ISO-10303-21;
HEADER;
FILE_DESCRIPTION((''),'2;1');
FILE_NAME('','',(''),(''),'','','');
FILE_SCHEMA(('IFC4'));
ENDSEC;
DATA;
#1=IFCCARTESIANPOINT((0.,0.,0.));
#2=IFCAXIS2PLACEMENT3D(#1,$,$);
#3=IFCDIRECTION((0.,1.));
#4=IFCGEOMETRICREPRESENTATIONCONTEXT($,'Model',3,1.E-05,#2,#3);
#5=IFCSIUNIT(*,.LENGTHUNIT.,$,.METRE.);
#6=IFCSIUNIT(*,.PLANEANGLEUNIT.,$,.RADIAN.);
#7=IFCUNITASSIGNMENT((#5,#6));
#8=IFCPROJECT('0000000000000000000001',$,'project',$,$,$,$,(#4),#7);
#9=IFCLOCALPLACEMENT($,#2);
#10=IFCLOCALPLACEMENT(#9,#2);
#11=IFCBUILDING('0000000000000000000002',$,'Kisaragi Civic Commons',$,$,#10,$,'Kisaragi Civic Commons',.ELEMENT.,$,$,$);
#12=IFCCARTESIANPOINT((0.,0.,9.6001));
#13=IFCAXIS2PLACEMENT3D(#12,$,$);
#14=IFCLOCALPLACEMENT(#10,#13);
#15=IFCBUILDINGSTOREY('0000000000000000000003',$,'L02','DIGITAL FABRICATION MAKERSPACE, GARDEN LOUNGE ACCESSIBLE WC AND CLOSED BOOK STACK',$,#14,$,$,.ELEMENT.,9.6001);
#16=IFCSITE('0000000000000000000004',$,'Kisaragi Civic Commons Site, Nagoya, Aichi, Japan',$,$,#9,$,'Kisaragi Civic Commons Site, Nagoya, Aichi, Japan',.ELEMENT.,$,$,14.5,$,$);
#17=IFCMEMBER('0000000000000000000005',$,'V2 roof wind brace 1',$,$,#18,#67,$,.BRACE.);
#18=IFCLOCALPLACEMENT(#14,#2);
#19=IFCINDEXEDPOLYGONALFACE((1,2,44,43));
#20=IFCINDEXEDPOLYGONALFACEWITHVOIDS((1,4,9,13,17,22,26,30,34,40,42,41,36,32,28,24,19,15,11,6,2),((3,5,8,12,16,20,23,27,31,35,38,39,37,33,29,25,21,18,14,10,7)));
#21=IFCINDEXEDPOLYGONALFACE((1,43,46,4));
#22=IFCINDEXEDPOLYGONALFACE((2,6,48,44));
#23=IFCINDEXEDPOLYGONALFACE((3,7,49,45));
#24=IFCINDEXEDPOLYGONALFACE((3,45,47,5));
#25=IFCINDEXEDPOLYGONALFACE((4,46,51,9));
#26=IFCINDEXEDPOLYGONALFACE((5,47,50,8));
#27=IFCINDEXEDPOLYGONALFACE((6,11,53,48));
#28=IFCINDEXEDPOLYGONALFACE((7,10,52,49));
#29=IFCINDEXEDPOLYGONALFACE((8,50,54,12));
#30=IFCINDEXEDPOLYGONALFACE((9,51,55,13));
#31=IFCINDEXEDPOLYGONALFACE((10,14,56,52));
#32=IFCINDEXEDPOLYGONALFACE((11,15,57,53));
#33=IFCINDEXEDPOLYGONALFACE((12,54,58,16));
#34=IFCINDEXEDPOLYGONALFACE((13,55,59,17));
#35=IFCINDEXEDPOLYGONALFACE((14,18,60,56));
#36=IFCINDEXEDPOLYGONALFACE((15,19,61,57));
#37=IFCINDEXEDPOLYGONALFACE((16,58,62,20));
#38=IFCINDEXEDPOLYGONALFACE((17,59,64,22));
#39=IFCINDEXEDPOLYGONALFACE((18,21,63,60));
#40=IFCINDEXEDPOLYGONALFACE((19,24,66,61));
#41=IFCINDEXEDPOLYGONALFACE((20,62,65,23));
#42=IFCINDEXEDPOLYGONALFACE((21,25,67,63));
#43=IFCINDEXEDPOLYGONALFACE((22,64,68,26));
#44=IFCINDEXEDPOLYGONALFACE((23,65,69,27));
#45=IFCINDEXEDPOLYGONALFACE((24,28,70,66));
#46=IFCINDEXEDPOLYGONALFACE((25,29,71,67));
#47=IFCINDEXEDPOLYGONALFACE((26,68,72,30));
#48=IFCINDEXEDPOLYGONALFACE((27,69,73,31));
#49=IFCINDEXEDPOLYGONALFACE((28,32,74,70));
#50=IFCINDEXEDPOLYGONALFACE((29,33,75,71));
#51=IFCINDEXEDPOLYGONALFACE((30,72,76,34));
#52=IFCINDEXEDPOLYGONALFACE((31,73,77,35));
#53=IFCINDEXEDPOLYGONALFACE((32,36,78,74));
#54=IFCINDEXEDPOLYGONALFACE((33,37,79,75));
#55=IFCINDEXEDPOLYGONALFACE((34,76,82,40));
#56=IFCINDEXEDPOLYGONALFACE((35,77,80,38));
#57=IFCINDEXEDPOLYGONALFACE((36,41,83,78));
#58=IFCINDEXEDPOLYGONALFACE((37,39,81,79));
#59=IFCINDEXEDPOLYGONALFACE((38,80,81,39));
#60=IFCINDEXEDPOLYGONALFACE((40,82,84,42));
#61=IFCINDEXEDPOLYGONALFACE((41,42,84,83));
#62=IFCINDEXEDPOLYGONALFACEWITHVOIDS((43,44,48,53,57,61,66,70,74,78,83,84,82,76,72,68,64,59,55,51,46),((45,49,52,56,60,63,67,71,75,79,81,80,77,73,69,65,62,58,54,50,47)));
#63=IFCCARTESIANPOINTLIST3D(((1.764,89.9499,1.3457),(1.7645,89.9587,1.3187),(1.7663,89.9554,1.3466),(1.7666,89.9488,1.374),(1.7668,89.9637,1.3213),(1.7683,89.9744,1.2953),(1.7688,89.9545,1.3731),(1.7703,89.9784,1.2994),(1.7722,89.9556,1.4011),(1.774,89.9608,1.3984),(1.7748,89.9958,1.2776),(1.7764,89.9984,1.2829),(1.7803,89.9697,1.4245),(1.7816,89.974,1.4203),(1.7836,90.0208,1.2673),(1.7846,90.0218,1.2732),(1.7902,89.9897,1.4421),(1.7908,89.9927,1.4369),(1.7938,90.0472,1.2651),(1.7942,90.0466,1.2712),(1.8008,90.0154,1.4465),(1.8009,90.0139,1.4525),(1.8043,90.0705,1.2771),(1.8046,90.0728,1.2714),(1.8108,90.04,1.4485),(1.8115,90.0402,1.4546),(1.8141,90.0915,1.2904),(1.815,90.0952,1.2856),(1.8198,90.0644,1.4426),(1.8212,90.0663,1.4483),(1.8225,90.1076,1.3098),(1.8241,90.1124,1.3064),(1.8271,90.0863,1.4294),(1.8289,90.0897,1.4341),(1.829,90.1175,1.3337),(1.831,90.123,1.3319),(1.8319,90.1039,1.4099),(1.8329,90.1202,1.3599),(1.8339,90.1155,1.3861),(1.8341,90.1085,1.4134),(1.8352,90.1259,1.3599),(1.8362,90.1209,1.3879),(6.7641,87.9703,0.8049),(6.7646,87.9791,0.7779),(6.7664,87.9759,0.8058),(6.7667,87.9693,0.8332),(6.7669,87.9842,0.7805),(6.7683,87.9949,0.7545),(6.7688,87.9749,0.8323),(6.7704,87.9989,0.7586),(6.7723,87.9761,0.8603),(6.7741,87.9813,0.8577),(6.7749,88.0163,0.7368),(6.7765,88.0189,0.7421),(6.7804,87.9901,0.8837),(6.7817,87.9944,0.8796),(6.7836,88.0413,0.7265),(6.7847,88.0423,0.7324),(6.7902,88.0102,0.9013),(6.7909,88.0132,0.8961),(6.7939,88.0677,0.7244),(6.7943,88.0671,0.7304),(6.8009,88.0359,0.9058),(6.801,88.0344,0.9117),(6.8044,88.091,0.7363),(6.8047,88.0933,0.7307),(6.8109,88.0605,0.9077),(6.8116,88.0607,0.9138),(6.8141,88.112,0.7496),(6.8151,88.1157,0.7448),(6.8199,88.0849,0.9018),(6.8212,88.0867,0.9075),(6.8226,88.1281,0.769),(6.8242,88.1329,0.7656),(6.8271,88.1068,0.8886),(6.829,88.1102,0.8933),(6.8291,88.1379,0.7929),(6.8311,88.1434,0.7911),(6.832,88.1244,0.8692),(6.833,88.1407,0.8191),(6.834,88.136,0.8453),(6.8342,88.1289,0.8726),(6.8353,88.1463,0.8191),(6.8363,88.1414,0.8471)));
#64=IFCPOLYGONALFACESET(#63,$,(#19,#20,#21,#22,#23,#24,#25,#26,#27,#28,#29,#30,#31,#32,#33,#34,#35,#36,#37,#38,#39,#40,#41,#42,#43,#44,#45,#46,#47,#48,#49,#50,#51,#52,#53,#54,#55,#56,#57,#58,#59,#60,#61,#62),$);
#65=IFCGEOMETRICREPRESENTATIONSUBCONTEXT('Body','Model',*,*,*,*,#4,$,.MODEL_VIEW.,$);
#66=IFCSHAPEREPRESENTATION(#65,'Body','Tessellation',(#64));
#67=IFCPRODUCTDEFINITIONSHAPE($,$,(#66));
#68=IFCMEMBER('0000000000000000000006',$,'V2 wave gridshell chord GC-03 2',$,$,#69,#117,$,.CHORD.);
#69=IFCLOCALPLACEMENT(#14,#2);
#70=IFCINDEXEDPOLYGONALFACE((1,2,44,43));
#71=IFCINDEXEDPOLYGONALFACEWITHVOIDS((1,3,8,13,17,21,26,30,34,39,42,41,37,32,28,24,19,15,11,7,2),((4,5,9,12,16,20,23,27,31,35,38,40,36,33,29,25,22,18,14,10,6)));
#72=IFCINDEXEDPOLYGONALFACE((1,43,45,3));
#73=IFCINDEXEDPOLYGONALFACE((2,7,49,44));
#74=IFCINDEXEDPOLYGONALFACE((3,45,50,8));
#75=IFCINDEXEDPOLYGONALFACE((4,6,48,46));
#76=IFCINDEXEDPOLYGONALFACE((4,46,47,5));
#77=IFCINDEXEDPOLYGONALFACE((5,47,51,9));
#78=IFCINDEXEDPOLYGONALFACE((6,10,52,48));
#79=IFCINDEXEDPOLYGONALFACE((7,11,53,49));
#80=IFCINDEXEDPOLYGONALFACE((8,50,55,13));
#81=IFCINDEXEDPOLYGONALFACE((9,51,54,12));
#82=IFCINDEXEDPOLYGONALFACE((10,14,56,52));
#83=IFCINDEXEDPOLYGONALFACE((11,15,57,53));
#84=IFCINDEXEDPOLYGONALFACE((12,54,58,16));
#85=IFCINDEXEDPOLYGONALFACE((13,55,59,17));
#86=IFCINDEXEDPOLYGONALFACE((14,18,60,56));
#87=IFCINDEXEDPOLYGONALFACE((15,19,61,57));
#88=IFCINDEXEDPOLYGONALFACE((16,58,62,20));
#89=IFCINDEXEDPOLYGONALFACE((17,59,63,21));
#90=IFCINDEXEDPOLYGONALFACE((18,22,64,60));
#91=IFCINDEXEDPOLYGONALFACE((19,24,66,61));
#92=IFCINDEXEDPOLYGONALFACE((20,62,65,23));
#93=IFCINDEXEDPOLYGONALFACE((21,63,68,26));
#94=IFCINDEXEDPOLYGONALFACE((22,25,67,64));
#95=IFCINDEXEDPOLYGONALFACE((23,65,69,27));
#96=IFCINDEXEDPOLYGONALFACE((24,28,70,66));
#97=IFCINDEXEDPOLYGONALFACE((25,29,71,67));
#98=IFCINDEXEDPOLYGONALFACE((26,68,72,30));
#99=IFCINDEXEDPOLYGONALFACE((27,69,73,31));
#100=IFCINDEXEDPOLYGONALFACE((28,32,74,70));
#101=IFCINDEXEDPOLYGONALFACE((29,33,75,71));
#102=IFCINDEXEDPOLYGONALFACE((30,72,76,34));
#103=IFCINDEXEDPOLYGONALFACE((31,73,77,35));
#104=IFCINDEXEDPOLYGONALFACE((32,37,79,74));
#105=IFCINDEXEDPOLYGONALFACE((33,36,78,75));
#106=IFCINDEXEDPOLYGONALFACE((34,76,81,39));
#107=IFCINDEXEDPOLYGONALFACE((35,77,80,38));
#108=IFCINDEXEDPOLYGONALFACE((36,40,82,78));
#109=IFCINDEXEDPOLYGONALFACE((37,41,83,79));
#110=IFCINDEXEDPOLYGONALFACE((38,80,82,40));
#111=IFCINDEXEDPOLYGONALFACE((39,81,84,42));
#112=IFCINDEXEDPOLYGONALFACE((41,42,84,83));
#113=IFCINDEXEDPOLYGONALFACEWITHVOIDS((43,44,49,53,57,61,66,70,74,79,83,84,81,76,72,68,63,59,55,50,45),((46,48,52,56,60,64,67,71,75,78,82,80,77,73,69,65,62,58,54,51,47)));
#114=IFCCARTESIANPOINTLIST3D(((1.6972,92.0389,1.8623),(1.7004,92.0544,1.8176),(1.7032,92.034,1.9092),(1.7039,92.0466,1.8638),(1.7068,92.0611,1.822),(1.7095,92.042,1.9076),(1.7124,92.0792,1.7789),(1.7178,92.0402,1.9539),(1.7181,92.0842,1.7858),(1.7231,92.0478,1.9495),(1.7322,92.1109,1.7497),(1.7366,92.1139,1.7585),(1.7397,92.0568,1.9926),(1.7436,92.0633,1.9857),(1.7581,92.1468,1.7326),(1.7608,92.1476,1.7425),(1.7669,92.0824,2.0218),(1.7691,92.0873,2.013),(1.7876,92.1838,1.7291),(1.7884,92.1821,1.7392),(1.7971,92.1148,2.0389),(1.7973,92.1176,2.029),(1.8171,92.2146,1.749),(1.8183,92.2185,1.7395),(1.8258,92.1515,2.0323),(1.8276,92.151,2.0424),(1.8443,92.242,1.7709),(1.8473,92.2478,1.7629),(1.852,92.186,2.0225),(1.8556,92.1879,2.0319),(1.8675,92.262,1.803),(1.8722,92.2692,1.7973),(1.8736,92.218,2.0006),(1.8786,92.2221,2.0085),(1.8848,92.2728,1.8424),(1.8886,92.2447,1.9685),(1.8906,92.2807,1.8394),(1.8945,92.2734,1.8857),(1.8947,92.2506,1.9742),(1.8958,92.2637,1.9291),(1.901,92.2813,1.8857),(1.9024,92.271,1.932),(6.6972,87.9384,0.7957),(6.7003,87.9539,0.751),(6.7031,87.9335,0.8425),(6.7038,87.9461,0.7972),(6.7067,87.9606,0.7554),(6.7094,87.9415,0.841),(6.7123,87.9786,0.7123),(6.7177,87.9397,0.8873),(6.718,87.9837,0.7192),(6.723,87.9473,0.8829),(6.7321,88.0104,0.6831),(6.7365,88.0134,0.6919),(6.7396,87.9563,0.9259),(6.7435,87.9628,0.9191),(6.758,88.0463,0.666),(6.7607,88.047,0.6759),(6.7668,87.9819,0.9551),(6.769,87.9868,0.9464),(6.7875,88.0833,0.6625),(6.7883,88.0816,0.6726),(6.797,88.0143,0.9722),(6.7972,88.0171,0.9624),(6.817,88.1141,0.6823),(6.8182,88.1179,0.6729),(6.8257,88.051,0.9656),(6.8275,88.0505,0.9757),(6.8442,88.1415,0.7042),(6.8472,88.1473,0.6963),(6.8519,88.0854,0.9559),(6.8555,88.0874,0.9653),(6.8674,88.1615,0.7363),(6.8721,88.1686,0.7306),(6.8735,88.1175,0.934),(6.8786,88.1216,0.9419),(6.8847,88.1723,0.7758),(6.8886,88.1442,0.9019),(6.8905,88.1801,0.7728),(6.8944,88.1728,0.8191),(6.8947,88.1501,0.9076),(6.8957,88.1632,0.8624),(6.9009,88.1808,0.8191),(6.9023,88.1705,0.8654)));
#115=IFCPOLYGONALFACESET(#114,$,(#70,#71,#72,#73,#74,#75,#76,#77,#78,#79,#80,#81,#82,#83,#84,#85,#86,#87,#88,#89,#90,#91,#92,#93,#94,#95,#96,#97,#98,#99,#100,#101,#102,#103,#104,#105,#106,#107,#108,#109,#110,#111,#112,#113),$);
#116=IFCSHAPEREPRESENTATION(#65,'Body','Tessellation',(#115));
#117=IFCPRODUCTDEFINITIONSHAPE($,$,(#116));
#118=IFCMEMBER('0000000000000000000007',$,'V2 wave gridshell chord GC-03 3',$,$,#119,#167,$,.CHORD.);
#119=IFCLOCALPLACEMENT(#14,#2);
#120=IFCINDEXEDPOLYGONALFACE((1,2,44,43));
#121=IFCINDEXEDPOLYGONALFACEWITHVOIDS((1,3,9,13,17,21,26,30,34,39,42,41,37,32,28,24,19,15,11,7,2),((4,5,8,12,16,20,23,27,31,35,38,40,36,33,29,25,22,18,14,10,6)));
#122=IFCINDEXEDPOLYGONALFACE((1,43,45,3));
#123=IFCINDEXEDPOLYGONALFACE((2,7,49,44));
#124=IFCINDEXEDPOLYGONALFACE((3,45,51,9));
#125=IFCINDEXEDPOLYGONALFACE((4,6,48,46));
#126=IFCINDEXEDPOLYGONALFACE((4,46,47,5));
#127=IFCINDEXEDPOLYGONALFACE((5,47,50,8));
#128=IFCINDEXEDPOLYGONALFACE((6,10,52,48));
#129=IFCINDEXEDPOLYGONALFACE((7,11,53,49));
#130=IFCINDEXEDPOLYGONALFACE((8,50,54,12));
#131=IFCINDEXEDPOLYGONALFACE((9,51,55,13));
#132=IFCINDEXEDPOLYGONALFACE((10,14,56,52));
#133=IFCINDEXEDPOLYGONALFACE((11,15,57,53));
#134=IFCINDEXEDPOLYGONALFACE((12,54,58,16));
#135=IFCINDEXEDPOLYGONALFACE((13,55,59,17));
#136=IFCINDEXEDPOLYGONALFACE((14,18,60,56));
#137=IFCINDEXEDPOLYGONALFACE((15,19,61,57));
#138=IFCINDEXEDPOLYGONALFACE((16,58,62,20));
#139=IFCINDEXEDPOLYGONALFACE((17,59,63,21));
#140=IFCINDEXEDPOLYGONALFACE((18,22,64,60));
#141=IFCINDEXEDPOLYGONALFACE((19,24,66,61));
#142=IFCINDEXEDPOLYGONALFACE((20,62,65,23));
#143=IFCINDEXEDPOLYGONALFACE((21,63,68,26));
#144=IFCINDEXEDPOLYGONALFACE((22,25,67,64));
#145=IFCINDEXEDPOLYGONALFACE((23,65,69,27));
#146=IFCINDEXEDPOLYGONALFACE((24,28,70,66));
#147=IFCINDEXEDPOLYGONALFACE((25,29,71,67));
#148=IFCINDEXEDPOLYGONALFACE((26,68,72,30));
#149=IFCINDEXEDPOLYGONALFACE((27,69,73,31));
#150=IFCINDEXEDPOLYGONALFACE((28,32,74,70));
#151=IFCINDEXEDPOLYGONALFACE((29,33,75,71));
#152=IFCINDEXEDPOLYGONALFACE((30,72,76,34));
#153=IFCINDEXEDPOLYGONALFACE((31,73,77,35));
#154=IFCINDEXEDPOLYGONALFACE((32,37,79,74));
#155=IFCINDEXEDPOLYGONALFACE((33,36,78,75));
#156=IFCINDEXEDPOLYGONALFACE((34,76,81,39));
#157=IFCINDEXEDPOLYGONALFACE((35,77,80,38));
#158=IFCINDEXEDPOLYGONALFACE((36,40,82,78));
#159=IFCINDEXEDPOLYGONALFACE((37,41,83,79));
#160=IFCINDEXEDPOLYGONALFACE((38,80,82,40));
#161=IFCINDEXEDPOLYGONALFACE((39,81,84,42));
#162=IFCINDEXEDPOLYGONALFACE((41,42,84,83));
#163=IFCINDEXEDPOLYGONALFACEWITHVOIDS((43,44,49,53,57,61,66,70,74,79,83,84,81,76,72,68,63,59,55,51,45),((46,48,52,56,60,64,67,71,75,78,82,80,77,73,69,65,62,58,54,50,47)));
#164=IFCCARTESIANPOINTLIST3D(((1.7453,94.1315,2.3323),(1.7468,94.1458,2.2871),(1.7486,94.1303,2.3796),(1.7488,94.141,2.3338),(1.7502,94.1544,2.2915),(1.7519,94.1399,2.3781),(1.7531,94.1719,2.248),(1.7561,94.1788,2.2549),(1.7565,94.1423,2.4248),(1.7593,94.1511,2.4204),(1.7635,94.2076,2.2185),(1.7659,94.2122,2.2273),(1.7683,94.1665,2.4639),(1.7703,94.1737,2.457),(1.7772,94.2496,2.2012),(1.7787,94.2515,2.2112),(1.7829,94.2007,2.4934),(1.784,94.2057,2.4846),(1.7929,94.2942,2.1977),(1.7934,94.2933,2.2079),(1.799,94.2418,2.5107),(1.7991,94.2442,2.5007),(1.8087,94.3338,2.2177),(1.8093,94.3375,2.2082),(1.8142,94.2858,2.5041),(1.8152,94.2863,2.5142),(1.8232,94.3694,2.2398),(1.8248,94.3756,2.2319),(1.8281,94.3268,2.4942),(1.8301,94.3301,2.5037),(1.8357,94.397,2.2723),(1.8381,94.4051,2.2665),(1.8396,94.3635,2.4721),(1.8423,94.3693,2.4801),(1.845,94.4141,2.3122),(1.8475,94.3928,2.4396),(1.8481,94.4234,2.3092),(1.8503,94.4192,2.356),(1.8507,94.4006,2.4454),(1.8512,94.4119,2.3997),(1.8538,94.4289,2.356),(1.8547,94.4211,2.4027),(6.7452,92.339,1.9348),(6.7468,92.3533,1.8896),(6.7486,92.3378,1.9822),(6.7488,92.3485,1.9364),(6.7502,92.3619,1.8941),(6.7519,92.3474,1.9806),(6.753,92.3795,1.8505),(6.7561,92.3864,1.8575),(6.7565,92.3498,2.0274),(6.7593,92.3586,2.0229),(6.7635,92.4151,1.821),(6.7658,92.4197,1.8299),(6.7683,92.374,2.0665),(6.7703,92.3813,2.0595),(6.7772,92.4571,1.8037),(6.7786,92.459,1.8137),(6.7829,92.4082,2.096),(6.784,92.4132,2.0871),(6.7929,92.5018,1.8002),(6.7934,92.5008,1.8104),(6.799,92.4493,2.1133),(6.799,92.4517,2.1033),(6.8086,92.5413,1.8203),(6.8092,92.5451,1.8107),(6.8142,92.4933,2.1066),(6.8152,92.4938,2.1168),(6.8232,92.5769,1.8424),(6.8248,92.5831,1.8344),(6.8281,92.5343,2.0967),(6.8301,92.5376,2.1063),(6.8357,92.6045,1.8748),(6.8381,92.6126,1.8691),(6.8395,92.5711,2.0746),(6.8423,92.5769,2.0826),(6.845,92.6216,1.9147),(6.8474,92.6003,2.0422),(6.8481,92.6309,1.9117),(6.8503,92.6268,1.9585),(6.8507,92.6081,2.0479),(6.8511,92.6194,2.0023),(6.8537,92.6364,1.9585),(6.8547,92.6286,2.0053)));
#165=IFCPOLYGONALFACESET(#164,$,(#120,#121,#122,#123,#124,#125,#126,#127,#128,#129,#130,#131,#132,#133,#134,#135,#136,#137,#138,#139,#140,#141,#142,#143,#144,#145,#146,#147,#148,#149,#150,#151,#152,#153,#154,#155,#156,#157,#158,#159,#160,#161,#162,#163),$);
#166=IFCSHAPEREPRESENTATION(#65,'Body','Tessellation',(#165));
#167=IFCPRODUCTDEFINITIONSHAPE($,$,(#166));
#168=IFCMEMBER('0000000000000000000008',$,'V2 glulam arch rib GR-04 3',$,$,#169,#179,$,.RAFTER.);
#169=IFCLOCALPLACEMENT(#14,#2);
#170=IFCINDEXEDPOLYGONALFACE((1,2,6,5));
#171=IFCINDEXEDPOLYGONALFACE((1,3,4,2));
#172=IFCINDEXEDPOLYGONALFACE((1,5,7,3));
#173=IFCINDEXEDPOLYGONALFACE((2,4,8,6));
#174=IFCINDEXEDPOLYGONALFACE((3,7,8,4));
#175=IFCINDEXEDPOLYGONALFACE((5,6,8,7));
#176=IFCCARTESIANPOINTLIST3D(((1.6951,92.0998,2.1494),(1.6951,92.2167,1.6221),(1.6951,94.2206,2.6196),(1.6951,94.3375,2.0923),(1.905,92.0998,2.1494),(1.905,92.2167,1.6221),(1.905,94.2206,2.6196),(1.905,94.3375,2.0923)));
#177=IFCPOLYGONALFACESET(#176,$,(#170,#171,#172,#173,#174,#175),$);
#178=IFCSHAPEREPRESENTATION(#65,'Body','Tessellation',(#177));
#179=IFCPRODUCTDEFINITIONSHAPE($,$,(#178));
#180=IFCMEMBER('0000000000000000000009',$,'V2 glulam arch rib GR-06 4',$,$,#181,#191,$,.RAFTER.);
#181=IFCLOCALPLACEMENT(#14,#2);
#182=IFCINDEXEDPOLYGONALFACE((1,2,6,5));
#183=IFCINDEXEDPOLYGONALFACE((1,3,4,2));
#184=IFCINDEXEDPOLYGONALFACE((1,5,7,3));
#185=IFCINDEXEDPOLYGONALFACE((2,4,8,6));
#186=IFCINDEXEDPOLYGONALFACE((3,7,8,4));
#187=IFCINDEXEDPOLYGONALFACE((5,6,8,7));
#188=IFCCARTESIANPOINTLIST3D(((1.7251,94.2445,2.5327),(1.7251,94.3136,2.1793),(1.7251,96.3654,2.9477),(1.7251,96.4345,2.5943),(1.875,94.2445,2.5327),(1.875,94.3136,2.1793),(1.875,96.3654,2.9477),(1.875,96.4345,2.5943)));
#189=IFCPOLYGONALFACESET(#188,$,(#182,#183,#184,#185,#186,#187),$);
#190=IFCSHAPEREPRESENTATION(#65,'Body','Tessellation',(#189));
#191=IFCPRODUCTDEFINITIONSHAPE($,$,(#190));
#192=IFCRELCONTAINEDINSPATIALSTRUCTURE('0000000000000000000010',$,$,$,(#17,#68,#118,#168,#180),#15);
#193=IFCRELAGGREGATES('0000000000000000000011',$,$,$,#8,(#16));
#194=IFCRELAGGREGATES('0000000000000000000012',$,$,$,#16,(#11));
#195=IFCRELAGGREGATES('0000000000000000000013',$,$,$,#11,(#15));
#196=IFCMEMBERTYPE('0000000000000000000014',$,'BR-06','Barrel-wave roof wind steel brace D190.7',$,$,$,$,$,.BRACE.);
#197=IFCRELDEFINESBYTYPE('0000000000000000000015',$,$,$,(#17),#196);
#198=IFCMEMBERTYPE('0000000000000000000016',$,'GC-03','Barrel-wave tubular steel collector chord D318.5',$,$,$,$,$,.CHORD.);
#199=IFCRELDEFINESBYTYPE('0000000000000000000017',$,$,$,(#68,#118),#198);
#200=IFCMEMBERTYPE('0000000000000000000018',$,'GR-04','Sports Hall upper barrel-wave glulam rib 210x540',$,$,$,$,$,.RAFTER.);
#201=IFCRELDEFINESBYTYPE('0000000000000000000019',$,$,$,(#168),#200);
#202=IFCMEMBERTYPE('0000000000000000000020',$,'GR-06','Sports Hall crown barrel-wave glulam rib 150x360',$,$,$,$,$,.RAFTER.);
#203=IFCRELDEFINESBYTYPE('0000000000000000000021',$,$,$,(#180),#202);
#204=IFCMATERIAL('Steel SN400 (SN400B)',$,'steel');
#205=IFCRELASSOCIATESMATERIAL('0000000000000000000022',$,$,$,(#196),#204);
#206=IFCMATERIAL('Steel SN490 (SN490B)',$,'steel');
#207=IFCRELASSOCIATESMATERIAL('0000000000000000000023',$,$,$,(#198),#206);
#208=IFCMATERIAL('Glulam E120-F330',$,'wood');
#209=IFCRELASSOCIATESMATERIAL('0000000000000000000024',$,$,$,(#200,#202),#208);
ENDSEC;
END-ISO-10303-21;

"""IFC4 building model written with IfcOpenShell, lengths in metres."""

from ifc_helpers import new_model, si_unit, direction, frame, origin, origin_2d, place, context, subcontext, project, spatial, rectangle, hollow_circle, extrude, material, material_profile, profile_set, type_object, element, save


model = new_model("IFC4")

# Units and contexts
model_context = context("Model", 3, precision=1e-05, world=origin(), true_north=direction((0.0, 1.0)))
body_context = subcontext(model_context, "Body", "Model", "MODEL_VIEW")
ifc_project = project(units=[si_unit("LENGTHUNIT", "METRE"), si_unit("PLANEANGLEUNIT", "RADIAN")], contexts=[model_context])

# Site, building, storey
site_placement = place(None, origin())
site = spatial("IfcSite", under=ifc_project, at=site_placement, Name="Kisaragi Civic Commons Site, Nagoya, Aichi, Japan", LongName="Kisaragi Civic Commons Site, Nagoya, Aichi, Japan", CompositionType="ELEMENT", RefElevation=14.5)
building_placement = place(site_placement, origin())
building = spatial("IfcBuilding", under=site, at=building_placement, Name="Kisaragi Civic Commons", LongName="Kisaragi Civic Commons", CompositionType="ELEMENT")
storey_placement = place(building_placement, frame((0.0, 0.0, 9.6001)))
storey = spatial("IfcBuildingStorey", under=building, at=storey_placement, Name="L02", Description="DIGITAL FABRICATION MAKERSPACE, GARDEN LOUNGE ACCESSIBLE WC AND CLOSED BOOK STACK", CompositionType="ELEMENT", Elevation=9.6001)

# Members
ifc_material_1 = material(Name="Steel SN400 (SN400B)", Category="steel")
ifc_material_profile_1 = material_profile(ifc_material_1, hollow_circle(Radius=0.0955, WallThickness=0.0061, at=origin_2d()), Name="CHS-190.7x6.0", Category="steel")
ifc_profile_set_1 = profile_set([ifc_material_profile_1], Name="Steel SN400 (SN400B)")
member_type_1 = type_object("IfcMemberType", Name="BR-06", Description="Barrel-wave roof wind steel brace D190.7", PredefinedType="BRACE", material=ifc_profile_set_1)
member_1_placement = place(storey_placement, frame((1.8, 90.0371, 1.3599), z_axis=(0.92512, -0.366254, -0.100056), x_axis=(0.368101, 0.929786, 0.0)))
element("IfcMember", 1, at=member_1_placement, inside=storey, type_object=member_type_1, Name="V2 roof wind brace 1", PredefinedType="BRACE", context=body_context, shape_type="SweptSolid", body=[
    extrude(hollow_circle(Radius=0.0955, WallThickness=0.0061, at=origin_2d()), origin(), (0.0, 0.0, 1.0), 5.4048),
])
ifc_material_2 = material(Name="Steel SN490 (SN490B)", Category="steel")
ifc_material_profile_2 = material_profile(ifc_material_2, hollow_circle(Radius=0.1592, WallThickness=0.0103, at=origin_2d()), Name="CHS-318.5x10.3", Category="steel")
ifc_profile_set_2 = profile_set([ifc_material_profile_2], Name="Steel SN490 (SN490B)")
member_type_2 = type_object("IfcMemberType", Name="GC-03", Description="Barrel-wave tubular steel collector chord D318.5", PredefinedType="CHORD", material=ifc_profile_set_2)
member_2_placement = place(storey_placement, frame((1.8, 92.1582, 1.8857), z_axis=(0.762914, -0.625679, -0.162752), x_axis=(0.634134, 0.773223, 0.0)))
element("IfcMember", 2, at=member_2_placement, inside=storey, type_object=member_type_2, Name="V2 wave gridshell chord GC-03 2", PredefinedType="CHORD", context=body_context, shape_type="SweptSolid", body=[
    extrude(hollow_circle(Radius=0.1592, WallThickness=0.0103, at=origin_2d()), origin(), (0.0, 0.0, 1.0), 6.5537),
])
member_3_placement = place(storey_placement, frame((1.8, 94.2791, 2.356), z_axis=(0.938713, -0.336525, -0.07462), x_axis=(0.337466, 0.941338, 0.0)))
element("IfcMember", 3, at=member_3_placement, inside=storey, type_object=member_type_2, Name="V2 wave gridshell chord GC-03 3", PredefinedType="CHORD", context=body_context, shape_type="SweptSolid", body=[
    extrude(hollow_circle(Radius=0.1592, WallThickness=0.0103, at=origin_2d()), origin(), (0.0, 0.0, 1.0), 5.3264),
])
ifc_material_3 = material(Name="Glulam E120-F330", Category="wood")
ifc_material_profile_3 = material_profile(ifc_material_3, rectangle(XDim=0.21, YDim=0.54, at=origin_2d()), Name="GL-210x540", Category="wood")
ifc_profile_set_3 = profile_set([ifc_material_profile_3], Name="Glulam E120-F330")
member_type_3 = type_object("IfcMemberType", Name="GR-04", Description="Sports Hall upper barrel-wave glulam rib 210x540", PredefinedType="RAFTER", material=ifc_profile_set_3)
member_4_placement = place(storey_placement, frame((1.8, 92.1582, 1.8857), z_axis=(0.0, 0.976293, 0.216454), x_axis=(-1.0, 0.0, 0.0)))
element("IfcMember", 4, at=member_4_placement, inside=storey, type_object=member_type_3, Name="V2 glulam arch rib GR-04 3", PredefinedType="RAFTER", context=body_context, shape_type="SweptSolid", body=[
    extrude(rectangle(XDim=0.21, YDim=0.54, at=origin_2d()), origin(), (0.0, 0.0, 1.0), 2.1724),
])
ifc_material_profile_4 = material_profile(ifc_material_3, rectangle(XDim=0.1499, YDim=0.3601, at=origin_2d()), Name="GL-150x360", Category="wood")
ifc_profile_set_4 = profile_set([ifc_material_profile_4], Name="Glulam E120-F330")
member_type_4 = type_object("IfcMemberType", Name="GR-06", Description="Sports Hall crown barrel-wave glulam rib 150x360", PredefinedType="RAFTER", material=ifc_profile_set_4)
member_5_placement = place(storey_placement, frame((1.8, 94.2791, 2.356), z_axis=(0.0, 0.981385, 0.192052), x_axis=(-1.0, 0.0, 0.0)))
element("IfcMember", 5, at=member_5_placement, inside=storey, type_object=member_type_4, Name="V2 glulam arch rib GR-06 4", PredefinedType="RAFTER", context=body_context, shape_type="SweptSolid", body=[
    extrude(rectangle(XDim=0.1499, YDim=0.3601, at=origin_2d()), origin(), (0.0, 0.0, 1.0), 2.1611),
])

save(model, "model.ifc")
